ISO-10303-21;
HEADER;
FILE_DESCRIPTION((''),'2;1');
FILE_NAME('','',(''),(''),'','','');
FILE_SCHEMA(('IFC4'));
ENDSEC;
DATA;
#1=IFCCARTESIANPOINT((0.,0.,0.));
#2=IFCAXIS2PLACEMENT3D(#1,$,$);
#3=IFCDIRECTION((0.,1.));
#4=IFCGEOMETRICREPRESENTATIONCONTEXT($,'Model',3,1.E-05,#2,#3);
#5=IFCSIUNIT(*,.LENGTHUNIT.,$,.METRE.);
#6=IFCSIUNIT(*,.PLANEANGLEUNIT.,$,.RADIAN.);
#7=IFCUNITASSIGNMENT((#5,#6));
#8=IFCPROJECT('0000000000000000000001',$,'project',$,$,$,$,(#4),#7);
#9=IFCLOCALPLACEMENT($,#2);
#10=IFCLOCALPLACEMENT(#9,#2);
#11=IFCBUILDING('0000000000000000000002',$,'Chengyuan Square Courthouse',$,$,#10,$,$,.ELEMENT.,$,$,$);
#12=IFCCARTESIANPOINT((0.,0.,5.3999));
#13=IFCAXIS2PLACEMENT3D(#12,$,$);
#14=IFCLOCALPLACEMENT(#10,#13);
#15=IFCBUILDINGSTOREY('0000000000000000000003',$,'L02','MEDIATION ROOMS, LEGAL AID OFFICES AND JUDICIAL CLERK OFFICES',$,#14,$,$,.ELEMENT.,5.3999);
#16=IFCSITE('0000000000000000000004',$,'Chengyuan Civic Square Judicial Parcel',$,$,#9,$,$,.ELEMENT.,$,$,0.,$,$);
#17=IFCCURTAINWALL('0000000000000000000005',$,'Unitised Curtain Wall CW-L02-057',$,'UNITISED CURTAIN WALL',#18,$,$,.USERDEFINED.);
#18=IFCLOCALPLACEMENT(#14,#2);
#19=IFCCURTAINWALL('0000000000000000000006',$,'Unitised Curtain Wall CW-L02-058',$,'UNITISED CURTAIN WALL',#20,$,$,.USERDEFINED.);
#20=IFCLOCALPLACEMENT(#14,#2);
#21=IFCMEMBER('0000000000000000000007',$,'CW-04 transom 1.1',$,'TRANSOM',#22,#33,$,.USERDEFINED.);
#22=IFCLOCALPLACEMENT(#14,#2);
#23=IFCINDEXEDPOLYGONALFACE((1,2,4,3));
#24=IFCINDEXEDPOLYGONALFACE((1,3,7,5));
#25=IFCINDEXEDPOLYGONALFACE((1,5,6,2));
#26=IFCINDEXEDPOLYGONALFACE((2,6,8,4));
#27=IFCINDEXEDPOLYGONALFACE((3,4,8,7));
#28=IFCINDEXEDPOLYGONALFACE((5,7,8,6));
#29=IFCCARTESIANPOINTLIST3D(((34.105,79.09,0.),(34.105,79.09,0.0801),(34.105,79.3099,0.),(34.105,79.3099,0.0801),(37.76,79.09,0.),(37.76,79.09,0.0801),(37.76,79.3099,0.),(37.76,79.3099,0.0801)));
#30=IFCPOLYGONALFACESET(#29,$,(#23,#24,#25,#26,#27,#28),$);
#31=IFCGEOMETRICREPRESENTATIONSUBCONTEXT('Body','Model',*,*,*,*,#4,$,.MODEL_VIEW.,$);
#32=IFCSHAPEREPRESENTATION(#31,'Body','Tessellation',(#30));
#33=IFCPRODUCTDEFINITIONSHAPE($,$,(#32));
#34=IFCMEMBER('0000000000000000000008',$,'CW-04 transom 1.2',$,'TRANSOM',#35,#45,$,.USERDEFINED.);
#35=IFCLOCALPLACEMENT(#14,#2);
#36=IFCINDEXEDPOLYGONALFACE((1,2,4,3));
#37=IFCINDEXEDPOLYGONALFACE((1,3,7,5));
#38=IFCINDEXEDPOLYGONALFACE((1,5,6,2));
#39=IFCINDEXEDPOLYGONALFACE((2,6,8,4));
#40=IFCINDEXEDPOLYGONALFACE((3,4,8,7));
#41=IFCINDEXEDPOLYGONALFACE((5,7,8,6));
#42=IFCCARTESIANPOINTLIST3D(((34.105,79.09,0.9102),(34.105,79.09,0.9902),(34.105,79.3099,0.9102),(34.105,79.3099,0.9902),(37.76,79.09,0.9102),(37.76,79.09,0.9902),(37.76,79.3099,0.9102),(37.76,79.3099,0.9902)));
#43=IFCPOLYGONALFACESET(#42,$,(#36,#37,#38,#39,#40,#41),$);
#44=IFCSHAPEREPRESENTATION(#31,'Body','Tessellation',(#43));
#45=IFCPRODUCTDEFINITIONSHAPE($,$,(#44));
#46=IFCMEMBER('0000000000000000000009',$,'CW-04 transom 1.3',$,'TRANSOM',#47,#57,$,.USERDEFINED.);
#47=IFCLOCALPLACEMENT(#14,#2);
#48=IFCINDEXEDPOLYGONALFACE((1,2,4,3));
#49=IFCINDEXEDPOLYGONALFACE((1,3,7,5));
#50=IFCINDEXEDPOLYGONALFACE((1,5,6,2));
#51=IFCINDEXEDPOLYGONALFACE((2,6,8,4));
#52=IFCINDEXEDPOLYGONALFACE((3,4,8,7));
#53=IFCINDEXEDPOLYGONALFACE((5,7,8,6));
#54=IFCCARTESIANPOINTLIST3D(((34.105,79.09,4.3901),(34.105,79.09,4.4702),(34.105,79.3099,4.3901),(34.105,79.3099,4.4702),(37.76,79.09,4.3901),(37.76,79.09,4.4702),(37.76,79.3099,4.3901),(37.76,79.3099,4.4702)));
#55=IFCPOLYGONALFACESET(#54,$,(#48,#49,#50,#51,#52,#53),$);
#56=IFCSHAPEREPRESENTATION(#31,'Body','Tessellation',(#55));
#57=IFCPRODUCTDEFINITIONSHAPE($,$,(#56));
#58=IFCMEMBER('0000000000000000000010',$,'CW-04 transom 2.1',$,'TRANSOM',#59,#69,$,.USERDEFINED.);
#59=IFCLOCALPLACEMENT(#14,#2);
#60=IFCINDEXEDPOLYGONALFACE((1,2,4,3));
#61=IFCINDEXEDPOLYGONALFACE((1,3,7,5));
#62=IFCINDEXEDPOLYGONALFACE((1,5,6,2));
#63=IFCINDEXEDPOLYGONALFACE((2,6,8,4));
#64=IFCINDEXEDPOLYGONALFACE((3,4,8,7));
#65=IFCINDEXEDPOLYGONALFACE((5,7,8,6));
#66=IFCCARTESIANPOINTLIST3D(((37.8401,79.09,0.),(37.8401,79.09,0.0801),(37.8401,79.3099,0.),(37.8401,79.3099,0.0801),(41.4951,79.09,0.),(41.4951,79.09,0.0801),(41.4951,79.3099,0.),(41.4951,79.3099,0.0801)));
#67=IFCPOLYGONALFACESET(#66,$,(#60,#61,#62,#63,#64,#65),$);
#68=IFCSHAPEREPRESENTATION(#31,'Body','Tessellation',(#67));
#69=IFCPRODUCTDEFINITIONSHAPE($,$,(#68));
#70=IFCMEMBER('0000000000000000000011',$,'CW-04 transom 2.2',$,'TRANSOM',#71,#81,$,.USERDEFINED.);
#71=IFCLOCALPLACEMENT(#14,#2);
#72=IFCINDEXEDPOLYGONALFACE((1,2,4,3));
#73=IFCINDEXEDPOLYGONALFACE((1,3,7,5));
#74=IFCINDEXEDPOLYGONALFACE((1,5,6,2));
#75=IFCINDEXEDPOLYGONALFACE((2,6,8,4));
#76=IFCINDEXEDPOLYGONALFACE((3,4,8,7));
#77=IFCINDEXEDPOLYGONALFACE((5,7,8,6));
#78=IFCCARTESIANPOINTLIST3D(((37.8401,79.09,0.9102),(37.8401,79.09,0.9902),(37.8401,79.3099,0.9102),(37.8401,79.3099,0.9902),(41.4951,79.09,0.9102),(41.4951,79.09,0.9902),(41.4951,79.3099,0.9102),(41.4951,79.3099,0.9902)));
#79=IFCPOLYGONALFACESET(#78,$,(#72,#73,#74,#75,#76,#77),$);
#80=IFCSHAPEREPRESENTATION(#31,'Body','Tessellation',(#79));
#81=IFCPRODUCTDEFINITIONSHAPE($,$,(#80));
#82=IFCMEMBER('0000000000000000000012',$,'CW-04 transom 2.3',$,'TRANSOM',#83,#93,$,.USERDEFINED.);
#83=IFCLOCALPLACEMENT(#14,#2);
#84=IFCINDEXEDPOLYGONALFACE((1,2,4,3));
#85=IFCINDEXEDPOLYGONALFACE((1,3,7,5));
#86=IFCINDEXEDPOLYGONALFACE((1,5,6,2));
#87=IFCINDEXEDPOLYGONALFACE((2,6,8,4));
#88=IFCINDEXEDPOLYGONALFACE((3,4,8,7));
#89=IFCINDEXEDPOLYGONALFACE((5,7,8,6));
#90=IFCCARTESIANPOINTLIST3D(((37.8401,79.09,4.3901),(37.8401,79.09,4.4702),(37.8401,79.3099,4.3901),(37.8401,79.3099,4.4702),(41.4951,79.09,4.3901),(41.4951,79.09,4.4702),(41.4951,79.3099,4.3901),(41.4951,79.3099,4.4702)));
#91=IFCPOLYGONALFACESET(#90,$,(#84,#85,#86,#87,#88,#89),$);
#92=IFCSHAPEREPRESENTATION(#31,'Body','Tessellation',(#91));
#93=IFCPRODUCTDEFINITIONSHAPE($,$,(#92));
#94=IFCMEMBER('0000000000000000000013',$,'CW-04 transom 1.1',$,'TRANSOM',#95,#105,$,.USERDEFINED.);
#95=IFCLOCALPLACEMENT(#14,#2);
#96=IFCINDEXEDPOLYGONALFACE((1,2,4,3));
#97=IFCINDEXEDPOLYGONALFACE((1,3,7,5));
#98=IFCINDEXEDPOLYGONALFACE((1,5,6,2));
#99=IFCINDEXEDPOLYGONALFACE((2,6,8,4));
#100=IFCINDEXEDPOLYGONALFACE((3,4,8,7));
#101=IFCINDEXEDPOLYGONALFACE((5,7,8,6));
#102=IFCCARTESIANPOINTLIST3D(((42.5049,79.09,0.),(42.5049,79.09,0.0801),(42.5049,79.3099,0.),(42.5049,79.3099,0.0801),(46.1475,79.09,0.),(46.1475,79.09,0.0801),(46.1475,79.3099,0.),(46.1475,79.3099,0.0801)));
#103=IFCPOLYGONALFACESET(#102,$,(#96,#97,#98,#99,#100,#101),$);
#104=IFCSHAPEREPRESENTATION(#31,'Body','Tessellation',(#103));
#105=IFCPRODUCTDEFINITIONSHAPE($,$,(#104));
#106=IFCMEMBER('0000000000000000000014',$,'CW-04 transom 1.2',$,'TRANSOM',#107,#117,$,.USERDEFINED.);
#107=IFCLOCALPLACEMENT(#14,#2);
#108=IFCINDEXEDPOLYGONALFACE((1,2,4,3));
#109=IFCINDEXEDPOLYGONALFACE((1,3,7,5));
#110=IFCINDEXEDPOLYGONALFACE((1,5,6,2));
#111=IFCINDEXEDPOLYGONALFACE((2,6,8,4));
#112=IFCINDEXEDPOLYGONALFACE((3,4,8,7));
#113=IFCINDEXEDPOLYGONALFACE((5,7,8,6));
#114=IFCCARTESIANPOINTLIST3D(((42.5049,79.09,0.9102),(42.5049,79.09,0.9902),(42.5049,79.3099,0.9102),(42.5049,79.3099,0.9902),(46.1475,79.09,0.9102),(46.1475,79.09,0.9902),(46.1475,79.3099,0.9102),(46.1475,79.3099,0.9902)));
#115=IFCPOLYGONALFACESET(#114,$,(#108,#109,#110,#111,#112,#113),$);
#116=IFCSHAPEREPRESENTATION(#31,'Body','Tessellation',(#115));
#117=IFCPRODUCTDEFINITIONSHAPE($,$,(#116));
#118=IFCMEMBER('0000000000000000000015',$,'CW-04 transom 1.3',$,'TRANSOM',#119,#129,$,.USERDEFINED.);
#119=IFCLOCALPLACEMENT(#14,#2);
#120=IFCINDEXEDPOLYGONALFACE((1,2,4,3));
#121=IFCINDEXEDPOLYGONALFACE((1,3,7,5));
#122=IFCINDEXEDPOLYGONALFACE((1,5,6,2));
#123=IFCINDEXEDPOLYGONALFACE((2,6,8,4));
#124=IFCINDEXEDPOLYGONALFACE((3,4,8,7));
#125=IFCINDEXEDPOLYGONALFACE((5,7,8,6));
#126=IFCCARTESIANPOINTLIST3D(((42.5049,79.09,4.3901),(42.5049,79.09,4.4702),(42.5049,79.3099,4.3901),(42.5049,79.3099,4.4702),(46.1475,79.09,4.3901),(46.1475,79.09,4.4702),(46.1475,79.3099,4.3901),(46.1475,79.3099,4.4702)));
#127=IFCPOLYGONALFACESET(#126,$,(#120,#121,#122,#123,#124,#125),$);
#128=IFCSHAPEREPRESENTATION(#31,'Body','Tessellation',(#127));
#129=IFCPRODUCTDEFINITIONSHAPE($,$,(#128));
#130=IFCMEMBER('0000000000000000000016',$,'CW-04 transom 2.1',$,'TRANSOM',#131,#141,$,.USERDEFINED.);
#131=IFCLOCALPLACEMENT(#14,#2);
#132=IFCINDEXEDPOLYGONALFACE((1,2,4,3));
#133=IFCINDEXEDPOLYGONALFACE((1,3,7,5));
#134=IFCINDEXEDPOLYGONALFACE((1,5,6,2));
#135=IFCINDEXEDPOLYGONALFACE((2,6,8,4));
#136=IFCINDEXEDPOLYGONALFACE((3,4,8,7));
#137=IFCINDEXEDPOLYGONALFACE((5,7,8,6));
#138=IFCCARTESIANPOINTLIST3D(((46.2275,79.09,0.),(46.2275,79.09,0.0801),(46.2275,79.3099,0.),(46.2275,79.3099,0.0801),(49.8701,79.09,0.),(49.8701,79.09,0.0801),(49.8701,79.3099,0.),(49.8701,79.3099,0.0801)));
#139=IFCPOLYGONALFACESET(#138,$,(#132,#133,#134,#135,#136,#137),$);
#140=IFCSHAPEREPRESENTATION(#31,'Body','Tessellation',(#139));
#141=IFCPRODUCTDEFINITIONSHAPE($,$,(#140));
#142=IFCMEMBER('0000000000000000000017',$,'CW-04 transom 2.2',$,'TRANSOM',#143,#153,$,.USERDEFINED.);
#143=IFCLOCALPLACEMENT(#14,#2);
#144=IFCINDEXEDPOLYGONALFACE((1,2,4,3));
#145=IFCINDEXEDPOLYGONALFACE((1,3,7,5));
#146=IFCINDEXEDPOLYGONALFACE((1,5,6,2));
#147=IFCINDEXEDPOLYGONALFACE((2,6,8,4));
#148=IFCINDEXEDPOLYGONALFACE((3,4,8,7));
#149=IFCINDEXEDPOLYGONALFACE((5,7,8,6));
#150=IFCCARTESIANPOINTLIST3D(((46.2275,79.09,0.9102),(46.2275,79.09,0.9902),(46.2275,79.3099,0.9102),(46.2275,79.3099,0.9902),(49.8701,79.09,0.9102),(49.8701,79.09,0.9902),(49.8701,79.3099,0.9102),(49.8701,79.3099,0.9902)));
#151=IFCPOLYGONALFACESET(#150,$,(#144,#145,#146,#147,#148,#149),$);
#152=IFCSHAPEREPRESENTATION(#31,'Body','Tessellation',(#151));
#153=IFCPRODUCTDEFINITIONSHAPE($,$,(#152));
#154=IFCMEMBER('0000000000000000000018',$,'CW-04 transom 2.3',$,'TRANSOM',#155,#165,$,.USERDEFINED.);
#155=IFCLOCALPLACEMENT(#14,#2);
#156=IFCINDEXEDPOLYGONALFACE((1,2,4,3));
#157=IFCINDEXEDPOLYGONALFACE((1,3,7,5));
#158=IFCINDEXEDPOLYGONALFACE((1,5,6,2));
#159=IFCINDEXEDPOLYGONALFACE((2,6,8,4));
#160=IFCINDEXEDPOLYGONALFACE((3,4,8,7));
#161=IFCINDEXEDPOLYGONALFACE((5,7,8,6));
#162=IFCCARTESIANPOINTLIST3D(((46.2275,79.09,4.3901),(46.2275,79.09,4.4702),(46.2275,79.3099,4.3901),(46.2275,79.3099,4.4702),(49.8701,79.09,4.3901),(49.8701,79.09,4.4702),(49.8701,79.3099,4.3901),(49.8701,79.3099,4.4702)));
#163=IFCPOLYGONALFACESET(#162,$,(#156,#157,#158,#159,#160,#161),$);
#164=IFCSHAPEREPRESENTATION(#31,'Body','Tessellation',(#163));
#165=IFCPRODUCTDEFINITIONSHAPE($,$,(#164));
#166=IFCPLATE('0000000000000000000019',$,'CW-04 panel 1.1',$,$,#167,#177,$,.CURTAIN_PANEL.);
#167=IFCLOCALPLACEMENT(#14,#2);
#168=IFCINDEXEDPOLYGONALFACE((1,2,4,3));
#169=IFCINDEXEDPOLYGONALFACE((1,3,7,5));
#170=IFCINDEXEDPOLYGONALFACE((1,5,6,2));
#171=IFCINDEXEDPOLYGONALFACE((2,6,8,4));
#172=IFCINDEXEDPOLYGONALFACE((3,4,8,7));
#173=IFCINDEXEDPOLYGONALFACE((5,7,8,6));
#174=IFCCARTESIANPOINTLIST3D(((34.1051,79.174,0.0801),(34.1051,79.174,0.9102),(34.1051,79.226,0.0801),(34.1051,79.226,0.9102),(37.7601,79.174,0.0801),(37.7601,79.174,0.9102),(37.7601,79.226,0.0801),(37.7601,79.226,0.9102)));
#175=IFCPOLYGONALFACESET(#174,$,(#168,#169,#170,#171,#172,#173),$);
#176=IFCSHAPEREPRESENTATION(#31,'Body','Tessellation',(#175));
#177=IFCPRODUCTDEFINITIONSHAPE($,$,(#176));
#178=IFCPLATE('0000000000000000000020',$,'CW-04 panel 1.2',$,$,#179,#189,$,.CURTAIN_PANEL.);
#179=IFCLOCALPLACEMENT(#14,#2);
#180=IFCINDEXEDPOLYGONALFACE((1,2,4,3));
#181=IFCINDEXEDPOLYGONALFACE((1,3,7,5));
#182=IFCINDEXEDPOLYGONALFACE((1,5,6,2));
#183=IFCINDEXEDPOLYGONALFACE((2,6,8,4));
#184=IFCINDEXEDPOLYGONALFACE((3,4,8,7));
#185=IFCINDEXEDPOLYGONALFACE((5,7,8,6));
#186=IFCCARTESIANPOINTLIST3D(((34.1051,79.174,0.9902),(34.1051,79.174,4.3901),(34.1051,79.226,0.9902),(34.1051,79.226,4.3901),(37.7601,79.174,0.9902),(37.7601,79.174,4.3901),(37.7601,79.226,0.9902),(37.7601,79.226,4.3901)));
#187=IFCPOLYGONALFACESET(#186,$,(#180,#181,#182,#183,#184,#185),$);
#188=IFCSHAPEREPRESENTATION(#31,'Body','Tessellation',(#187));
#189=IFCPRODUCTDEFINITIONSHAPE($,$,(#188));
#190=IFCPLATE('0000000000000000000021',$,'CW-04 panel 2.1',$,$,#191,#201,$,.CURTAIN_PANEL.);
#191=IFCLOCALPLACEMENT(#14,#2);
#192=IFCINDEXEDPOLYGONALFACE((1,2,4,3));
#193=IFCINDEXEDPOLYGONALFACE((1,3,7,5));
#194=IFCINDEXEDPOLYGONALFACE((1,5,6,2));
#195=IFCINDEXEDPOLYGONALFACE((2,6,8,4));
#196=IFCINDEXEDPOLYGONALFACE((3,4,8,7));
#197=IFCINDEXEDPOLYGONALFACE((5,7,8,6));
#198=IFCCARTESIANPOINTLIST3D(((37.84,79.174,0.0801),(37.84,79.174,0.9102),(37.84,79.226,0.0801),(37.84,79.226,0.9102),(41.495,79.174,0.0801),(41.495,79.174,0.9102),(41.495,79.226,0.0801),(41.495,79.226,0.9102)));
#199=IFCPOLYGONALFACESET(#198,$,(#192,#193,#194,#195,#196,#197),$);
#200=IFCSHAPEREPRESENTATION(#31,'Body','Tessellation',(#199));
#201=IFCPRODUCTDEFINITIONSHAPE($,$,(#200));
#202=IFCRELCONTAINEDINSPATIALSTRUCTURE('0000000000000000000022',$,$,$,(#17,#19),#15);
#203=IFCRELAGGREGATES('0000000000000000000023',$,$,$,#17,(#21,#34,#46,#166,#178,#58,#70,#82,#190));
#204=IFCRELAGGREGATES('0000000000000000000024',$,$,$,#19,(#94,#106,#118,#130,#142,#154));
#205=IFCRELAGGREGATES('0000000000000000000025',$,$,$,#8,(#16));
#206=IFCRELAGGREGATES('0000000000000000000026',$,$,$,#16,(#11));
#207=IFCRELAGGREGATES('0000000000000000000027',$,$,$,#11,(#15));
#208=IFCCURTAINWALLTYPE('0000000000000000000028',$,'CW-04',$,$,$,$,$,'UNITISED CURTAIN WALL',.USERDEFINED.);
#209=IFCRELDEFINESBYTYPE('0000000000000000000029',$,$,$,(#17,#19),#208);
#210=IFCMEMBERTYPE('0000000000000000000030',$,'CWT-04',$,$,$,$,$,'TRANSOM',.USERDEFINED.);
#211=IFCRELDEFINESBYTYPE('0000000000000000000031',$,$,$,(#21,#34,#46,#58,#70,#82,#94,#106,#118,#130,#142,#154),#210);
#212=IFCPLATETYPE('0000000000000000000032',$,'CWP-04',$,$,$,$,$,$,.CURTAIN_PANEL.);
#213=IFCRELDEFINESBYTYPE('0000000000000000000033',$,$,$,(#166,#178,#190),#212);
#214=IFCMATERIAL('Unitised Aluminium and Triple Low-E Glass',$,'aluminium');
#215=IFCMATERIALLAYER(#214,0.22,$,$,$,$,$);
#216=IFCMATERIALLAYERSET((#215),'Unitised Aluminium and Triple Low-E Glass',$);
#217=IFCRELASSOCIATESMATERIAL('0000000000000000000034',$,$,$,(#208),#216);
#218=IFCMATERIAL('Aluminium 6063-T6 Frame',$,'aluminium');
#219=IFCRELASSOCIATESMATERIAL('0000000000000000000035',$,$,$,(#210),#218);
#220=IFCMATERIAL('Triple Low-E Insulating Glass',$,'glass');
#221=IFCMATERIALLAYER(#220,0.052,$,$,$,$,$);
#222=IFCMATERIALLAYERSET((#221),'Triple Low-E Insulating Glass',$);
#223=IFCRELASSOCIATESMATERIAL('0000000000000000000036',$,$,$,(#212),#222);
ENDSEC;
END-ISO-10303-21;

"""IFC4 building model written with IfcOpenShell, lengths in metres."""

from ifc_helpers import new_model, si_unit, direction, frame, origin, origin_2d, place, context, subcontext, project, spatial, rectangle, extrude, material, layer, layer_set, material_profile, profile_set, type_object, element, aggregate, save


model = new_model("IFC4")

# Units and contexts
model_context = context("Model", 3, precision=1e-05, world=origin(), true_north=direction((0.0, 1.0)))
body_context = subcontext(model_context, "Body", "Model", "MODEL_VIEW")
ifc_project = project(units=[si_unit("LENGTHUNIT", "METRE"), si_unit("PLANEANGLEUNIT", "RADIAN")], contexts=[model_context])

# Site, building, storey
site_placement = place(None, origin())
site = spatial("IfcSite", under=ifc_project, at=site_placement, Name="Chengyuan Civic Square Judicial Parcel", CompositionType="ELEMENT", RefElevation=0.0)
building_placement = place(site_placement, origin())
building = spatial("IfcBuilding", under=site, at=building_placement, Name="Chengyuan Square Courthouse", CompositionType="ELEMENT")
storey_placement = place(building_placement, frame((0.0, 0.0, 5.3999)))
storey = spatial("IfcBuildingStorey", under=building, at=storey_placement, Name="L02", Description="MEDIATION ROOMS, LEGAL AID OFFICES AND JUDICIAL CLERK OFFICES", CompositionType="ELEMENT", Elevation=5.3999)

# Curtain walls
ifc_material_1 = material(Name="Unitised Aluminium and Triple Low-E Glass", Category="aluminium")
ifc_layer_1 = layer(ifc_material_1, 0.22)
ifc_layer_set_1 = layer_set([ifc_layer_1], Name="Unitised Aluminium and Triple Low-E Glass")
curtain_wall_type = type_object("IfcCurtainWallType", Name="CW-04", ElementType="UNITISED CURTAIN WALL", PredefinedType="USERDEFINED", material=ifc_layer_set_1)
curtain_wall_1_placement = place(storey_placement, origin())
curtain_wall_1 = element("IfcCurtainWall", 1, at=curtain_wall_1_placement, inside=storey, type_object=curtain_wall_type, Name="Unitised Curtain Wall CW-L02-057", ObjectType="UNITISED CURTAIN WALL", PredefinedType="USERDEFINED")
ifc_material_2 = material(Name="Aluminium 6063-T6 Frame", Category="aluminium")
curtain_wall_2_placement = place(storey_placement, origin())
curtain_wall_2 = element("IfcCurtainWall", 2, at=curtain_wall_2_placement, inside=storey, type_object=curtain_wall_type, Name="Unitised Curtain Wall CW-L02-058", ObjectType="UNITISED CURTAIN WALL", PredefinedType="USERDEFINED")

# Members
ifc_material_profile_1 = material_profile(ifc_material_2, rectangle(XDim=0.22, YDim=0.0801, at=origin_2d()), Name="CW-TRN-80x180")
ifc_profile_set_1 = profile_set([ifc_material_profile_1], Name="Aluminium 6063-T6 Frame")
member_type_1 = type_object("IfcMemberType", Name="CWT-04", ElementType="TRANSOM", PredefinedType="USERDEFINED", material=ifc_profile_set_1)
member_1_placement = place(storey_placement, frame((34.105, 79.2, 0.04), z_axis=(1.0, 0.0, 0.0), x_axis=(0.0, 1.0, 0.0)))
member_1 = element("IfcMember", 3, at=member_1_placement, type_object=member_type_1, Name="CW-04 transom 1.1", ObjectType="TRANSOM", PredefinedType="USERDEFINED", context=body_context, shape_type="SweptSolid", body=[
    extrude(rectangle(XDim=0.22, YDim=0.0801, at=origin_2d()), origin(), (0.0, 0.0, 1.0), 3.655),
])
member_2_placement = place(storey_placement, frame((34.105, 79.2, 0.9502), z_axis=(1.0, 0.0, 0.0), x_axis=(0.0, 1.0, 0.0)))
member_2 = element("IfcMember", 4, at=member_2_placement, type_object=member_type_1, Name="CW-04 transom 1.2", ObjectType="TRANSOM", PredefinedType="USERDEFINED", context=body_context, shape_type="SweptSolid", body=[
    extrude(rectangle(XDim=0.22, YDim=0.0801, at=origin_2d()), origin(), (0.0, 0.0, 1.0), 3.655),
])
member_3_placement = place(storey_placement, frame((34.105, 79.2, 4.4302), z_axis=(1.0, 0.0, 0.0), x_axis=(0.0, 1.0, 0.0)))
member_3 = element("IfcMember", 5, at=member_3_placement, type_object=member_type_1, Name="CW-04 transom 1.3", ObjectType="TRANSOM", PredefinedType="USERDEFINED", context=body_context, shape_type="SweptSolid", body=[
    extrude(rectangle(XDim=0.22, YDim=0.0801, at=origin_2d()), origin(), (0.0, 0.0, 1.0), 3.655),
])
member_4_placement = place(storey_placement, frame((37.8401, 79.2, 0.04), z_axis=(1.0, 0.0, 0.0), x_axis=(0.0, 1.0, 0.0)))
member_4 = element("IfcMember", 6, at=member_4_placement, type_object=member_type_1, Name="CW-04 transom 2.1", ObjectType="TRANSOM", PredefinedType="USERDEFINED", context=body_context, shape_type="SweptSolid", body=[
    extrude(rectangle(XDim=0.22, YDim=0.0801, at=origin_2d()), origin(), (0.0, 0.0, 1.0), 3.655),
])
member_5_placement = place(storey_placement, frame((37.8401, 79.2, 0.9502), z_axis=(1.0, 0.0, 0.0), x_axis=(0.0, 1.0, 0.0)))
member_5 = element("IfcMember", 7, at=member_5_placement, type_object=member_type_1, Name="CW-04 transom 2.2", ObjectType="TRANSOM", PredefinedType="USERDEFINED", context=body_context, shape_type="SweptSolid", body=[
    extrude(rectangle(XDim=0.22, YDim=0.0801, at=origin_2d()), origin(), (0.0, 0.0, 1.0), 3.655),
])
member_6_placement = place(storey_placement, frame((37.8401, 79.2, 4.4302), z_axis=(1.0, 0.0, 0.0), x_axis=(0.0, 1.0, 0.0)))
member_6 = element("IfcMember", 8, at=member_6_placement, type_object=member_type_1, Name="CW-04 transom 2.3", ObjectType="TRANSOM", PredefinedType="USERDEFINED", context=body_context, shape_type="SweptSolid", body=[
    extrude(rectangle(XDim=0.22, YDim=0.0801, at=origin_2d()), origin(), (0.0, 0.0, 1.0), 3.655),
])
member_7_placement = place(storey_placement, frame((42.5049, 79.2, 0.04), z_axis=(1.0, 0.0, 0.0), x_axis=(0.0, 1.0, 0.0)))
member_7 = element("IfcMember", 9, at=member_7_placement, type_object=member_type_1, Name="CW-04 transom 1.1", ObjectType="TRANSOM", PredefinedType="USERDEFINED", context=body_context, shape_type="SweptSolid", body=[
    extrude(rectangle(XDim=0.22, YDim=0.0801, at=origin_2d()), origin(), (0.0, 0.0, 1.0), 3.6426),
])
member_8_placement = place(storey_placement, frame((42.5049, 79.2, 0.9502), z_axis=(1.0, 0.0, 0.0), x_axis=(0.0, 1.0, 0.0)))
member_8 = element("IfcMember", 10, at=member_8_placement, type_object=member_type_1, Name="CW-04 transom 1.2", ObjectType="TRANSOM", PredefinedType="USERDEFINED", context=body_context, shape_type="SweptSolid", body=[
    extrude(rectangle(XDim=0.22, YDim=0.0801, at=origin_2d()), origin(), (0.0, 0.0, 1.0), 3.6426),
])
member_9_placement = place(storey_placement, frame((42.5049, 79.2, 4.4302), z_axis=(1.0, 0.0, 0.0), x_axis=(0.0, 1.0, 0.0)))
member_9 = element("IfcMember", 11, at=member_9_placement, type_object=member_type_1, Name="CW-04 transom 1.3", ObjectType="TRANSOM", PredefinedType="USERDEFINED", context=body_context, shape_type="SweptSolid", body=[
    extrude(rectangle(XDim=0.22, YDim=0.0801, at=origin_2d()), origin(), (0.0, 0.0, 1.0), 3.6426),
])
member_10_placement = place(storey_placement, frame((46.2275, 79.2, 0.04), z_axis=(1.0, 0.0, 0.0), x_axis=(0.0, 1.0, 0.0)))
member_10 = element("IfcMember", 12, at=member_10_placement, type_object=member_type_1, Name="CW-04 transom 2.1", ObjectType="TRANSOM", PredefinedType="USERDEFINED", context=body_context, shape_type="SweptSolid", body=[
    extrude(rectangle(XDim=0.22, YDim=0.0801, at=origin_2d()), origin(), (0.0, 0.0, 1.0), 3.6426),
])
member_11_placement = place(storey_placement, frame((46.2275, 79.2, 0.9502), z_axis=(1.0, 0.0, 0.0), x_axis=(0.0, 1.0, 0.0)))
member_11 = element("IfcMember", 13, at=member_11_placement, type_object=member_type_1, Name="CW-04 transom 2.2", ObjectType="TRANSOM", PredefinedType="USERDEFINED", context=body_context, shape_type="SweptSolid", body=[
    extrude(rectangle(XDim=0.22, YDim=0.0801, at=origin_2d()), origin(), (0.0, 0.0, 1.0), 3.6426),
])
member_12_placement = place(storey_placement, frame((46.2275, 79.2, 4.4302), z_axis=(1.0, 0.0, 0.0), x_axis=(0.0, 1.0, 0.0)))
member_12 = element("IfcMember", 14, at=member_12_placement, type_object=member_type_1, Name="CW-04 transom 2.3", ObjectType="TRANSOM", PredefinedType="USERDEFINED", context=body_context, shape_type="SweptSolid", body=[
    extrude(rectangle(XDim=0.22, YDim=0.0801, at=origin_2d()), origin(), (0.0, 0.0, 1.0), 3.6426),
])

# Plates
ifc_material_3 = material(Name="Triple Low-E Insulating Glass", Category="glass")
ifc_layer_2 = layer(ifc_material_3, 0.052)
ifc_layer_set_2 = layer_set([ifc_layer_2], Name="Triple Low-E Insulating Glass")
plate_type = type_object("IfcPlateType", Name="CWP-04", PredefinedType="CURTAIN_PANEL", material=ifc_layer_set_2)
plate_1_placement = place(storey_placement, frame((35.9326, 79.2, 0.0801), z_axis=(0.0, 0.0, 1.0), x_axis=(1.0, 0.0, 0.0)))
plate_1 = element("IfcPlate", 15, at=plate_1_placement, type_object=plate_type, Name="CW-04 panel 1.1", PredefinedType="CURTAIN_PANEL", context=body_context, shape_type="SweptSolid", body=[
    extrude(rectangle(XDim=3.655, YDim=0.052, at=origin_2d()), origin(), (0.0, 0.0, 1.0), 0.8301),
])
plate_2_placement = place(storey_placement, frame((35.9326, 79.2, 0.9902), z_axis=(0.0, 0.0, 1.0), x_axis=(1.0, 0.0, 0.0)))
plate_2 = element("IfcPlate", 16, at=plate_2_placement, type_object=plate_type, Name="CW-04 panel 1.2", PredefinedType="CURTAIN_PANEL", context=body_context, shape_type="SweptSolid", body=[
    extrude(rectangle(XDim=3.655, YDim=0.052, at=origin_2d()), origin(), (0.0, 0.0, 1.0), 3.3999),
])
plate_3_placement = place(storey_placement, frame((39.6675, 79.2, 0.0801), z_axis=(0.0, 0.0, 1.0), x_axis=(1.0, 0.0, 0.0)))
plate_3 = element("IfcPlate", 17, at=plate_3_placement, type_object=plate_type, Name="CW-04 panel 2.1", PredefinedType="CURTAIN_PANEL", context=body_context, shape_type="SweptSolid", body=[
    extrude(rectangle(XDim=3.655, YDim=0.052, at=origin_2d()), origin(), (0.0, 0.0, 1.0), 0.8301),
])
aggregate(curtain_wall_1, [member_1, member_2, member_3, plate_1, plate_2, member_4, member_5, member_6, plate_3])
aggregate(curtain_wall_2, [member_7, member_8, member_9, member_10, member_11, member_12])

save(model, "model.ifc")
